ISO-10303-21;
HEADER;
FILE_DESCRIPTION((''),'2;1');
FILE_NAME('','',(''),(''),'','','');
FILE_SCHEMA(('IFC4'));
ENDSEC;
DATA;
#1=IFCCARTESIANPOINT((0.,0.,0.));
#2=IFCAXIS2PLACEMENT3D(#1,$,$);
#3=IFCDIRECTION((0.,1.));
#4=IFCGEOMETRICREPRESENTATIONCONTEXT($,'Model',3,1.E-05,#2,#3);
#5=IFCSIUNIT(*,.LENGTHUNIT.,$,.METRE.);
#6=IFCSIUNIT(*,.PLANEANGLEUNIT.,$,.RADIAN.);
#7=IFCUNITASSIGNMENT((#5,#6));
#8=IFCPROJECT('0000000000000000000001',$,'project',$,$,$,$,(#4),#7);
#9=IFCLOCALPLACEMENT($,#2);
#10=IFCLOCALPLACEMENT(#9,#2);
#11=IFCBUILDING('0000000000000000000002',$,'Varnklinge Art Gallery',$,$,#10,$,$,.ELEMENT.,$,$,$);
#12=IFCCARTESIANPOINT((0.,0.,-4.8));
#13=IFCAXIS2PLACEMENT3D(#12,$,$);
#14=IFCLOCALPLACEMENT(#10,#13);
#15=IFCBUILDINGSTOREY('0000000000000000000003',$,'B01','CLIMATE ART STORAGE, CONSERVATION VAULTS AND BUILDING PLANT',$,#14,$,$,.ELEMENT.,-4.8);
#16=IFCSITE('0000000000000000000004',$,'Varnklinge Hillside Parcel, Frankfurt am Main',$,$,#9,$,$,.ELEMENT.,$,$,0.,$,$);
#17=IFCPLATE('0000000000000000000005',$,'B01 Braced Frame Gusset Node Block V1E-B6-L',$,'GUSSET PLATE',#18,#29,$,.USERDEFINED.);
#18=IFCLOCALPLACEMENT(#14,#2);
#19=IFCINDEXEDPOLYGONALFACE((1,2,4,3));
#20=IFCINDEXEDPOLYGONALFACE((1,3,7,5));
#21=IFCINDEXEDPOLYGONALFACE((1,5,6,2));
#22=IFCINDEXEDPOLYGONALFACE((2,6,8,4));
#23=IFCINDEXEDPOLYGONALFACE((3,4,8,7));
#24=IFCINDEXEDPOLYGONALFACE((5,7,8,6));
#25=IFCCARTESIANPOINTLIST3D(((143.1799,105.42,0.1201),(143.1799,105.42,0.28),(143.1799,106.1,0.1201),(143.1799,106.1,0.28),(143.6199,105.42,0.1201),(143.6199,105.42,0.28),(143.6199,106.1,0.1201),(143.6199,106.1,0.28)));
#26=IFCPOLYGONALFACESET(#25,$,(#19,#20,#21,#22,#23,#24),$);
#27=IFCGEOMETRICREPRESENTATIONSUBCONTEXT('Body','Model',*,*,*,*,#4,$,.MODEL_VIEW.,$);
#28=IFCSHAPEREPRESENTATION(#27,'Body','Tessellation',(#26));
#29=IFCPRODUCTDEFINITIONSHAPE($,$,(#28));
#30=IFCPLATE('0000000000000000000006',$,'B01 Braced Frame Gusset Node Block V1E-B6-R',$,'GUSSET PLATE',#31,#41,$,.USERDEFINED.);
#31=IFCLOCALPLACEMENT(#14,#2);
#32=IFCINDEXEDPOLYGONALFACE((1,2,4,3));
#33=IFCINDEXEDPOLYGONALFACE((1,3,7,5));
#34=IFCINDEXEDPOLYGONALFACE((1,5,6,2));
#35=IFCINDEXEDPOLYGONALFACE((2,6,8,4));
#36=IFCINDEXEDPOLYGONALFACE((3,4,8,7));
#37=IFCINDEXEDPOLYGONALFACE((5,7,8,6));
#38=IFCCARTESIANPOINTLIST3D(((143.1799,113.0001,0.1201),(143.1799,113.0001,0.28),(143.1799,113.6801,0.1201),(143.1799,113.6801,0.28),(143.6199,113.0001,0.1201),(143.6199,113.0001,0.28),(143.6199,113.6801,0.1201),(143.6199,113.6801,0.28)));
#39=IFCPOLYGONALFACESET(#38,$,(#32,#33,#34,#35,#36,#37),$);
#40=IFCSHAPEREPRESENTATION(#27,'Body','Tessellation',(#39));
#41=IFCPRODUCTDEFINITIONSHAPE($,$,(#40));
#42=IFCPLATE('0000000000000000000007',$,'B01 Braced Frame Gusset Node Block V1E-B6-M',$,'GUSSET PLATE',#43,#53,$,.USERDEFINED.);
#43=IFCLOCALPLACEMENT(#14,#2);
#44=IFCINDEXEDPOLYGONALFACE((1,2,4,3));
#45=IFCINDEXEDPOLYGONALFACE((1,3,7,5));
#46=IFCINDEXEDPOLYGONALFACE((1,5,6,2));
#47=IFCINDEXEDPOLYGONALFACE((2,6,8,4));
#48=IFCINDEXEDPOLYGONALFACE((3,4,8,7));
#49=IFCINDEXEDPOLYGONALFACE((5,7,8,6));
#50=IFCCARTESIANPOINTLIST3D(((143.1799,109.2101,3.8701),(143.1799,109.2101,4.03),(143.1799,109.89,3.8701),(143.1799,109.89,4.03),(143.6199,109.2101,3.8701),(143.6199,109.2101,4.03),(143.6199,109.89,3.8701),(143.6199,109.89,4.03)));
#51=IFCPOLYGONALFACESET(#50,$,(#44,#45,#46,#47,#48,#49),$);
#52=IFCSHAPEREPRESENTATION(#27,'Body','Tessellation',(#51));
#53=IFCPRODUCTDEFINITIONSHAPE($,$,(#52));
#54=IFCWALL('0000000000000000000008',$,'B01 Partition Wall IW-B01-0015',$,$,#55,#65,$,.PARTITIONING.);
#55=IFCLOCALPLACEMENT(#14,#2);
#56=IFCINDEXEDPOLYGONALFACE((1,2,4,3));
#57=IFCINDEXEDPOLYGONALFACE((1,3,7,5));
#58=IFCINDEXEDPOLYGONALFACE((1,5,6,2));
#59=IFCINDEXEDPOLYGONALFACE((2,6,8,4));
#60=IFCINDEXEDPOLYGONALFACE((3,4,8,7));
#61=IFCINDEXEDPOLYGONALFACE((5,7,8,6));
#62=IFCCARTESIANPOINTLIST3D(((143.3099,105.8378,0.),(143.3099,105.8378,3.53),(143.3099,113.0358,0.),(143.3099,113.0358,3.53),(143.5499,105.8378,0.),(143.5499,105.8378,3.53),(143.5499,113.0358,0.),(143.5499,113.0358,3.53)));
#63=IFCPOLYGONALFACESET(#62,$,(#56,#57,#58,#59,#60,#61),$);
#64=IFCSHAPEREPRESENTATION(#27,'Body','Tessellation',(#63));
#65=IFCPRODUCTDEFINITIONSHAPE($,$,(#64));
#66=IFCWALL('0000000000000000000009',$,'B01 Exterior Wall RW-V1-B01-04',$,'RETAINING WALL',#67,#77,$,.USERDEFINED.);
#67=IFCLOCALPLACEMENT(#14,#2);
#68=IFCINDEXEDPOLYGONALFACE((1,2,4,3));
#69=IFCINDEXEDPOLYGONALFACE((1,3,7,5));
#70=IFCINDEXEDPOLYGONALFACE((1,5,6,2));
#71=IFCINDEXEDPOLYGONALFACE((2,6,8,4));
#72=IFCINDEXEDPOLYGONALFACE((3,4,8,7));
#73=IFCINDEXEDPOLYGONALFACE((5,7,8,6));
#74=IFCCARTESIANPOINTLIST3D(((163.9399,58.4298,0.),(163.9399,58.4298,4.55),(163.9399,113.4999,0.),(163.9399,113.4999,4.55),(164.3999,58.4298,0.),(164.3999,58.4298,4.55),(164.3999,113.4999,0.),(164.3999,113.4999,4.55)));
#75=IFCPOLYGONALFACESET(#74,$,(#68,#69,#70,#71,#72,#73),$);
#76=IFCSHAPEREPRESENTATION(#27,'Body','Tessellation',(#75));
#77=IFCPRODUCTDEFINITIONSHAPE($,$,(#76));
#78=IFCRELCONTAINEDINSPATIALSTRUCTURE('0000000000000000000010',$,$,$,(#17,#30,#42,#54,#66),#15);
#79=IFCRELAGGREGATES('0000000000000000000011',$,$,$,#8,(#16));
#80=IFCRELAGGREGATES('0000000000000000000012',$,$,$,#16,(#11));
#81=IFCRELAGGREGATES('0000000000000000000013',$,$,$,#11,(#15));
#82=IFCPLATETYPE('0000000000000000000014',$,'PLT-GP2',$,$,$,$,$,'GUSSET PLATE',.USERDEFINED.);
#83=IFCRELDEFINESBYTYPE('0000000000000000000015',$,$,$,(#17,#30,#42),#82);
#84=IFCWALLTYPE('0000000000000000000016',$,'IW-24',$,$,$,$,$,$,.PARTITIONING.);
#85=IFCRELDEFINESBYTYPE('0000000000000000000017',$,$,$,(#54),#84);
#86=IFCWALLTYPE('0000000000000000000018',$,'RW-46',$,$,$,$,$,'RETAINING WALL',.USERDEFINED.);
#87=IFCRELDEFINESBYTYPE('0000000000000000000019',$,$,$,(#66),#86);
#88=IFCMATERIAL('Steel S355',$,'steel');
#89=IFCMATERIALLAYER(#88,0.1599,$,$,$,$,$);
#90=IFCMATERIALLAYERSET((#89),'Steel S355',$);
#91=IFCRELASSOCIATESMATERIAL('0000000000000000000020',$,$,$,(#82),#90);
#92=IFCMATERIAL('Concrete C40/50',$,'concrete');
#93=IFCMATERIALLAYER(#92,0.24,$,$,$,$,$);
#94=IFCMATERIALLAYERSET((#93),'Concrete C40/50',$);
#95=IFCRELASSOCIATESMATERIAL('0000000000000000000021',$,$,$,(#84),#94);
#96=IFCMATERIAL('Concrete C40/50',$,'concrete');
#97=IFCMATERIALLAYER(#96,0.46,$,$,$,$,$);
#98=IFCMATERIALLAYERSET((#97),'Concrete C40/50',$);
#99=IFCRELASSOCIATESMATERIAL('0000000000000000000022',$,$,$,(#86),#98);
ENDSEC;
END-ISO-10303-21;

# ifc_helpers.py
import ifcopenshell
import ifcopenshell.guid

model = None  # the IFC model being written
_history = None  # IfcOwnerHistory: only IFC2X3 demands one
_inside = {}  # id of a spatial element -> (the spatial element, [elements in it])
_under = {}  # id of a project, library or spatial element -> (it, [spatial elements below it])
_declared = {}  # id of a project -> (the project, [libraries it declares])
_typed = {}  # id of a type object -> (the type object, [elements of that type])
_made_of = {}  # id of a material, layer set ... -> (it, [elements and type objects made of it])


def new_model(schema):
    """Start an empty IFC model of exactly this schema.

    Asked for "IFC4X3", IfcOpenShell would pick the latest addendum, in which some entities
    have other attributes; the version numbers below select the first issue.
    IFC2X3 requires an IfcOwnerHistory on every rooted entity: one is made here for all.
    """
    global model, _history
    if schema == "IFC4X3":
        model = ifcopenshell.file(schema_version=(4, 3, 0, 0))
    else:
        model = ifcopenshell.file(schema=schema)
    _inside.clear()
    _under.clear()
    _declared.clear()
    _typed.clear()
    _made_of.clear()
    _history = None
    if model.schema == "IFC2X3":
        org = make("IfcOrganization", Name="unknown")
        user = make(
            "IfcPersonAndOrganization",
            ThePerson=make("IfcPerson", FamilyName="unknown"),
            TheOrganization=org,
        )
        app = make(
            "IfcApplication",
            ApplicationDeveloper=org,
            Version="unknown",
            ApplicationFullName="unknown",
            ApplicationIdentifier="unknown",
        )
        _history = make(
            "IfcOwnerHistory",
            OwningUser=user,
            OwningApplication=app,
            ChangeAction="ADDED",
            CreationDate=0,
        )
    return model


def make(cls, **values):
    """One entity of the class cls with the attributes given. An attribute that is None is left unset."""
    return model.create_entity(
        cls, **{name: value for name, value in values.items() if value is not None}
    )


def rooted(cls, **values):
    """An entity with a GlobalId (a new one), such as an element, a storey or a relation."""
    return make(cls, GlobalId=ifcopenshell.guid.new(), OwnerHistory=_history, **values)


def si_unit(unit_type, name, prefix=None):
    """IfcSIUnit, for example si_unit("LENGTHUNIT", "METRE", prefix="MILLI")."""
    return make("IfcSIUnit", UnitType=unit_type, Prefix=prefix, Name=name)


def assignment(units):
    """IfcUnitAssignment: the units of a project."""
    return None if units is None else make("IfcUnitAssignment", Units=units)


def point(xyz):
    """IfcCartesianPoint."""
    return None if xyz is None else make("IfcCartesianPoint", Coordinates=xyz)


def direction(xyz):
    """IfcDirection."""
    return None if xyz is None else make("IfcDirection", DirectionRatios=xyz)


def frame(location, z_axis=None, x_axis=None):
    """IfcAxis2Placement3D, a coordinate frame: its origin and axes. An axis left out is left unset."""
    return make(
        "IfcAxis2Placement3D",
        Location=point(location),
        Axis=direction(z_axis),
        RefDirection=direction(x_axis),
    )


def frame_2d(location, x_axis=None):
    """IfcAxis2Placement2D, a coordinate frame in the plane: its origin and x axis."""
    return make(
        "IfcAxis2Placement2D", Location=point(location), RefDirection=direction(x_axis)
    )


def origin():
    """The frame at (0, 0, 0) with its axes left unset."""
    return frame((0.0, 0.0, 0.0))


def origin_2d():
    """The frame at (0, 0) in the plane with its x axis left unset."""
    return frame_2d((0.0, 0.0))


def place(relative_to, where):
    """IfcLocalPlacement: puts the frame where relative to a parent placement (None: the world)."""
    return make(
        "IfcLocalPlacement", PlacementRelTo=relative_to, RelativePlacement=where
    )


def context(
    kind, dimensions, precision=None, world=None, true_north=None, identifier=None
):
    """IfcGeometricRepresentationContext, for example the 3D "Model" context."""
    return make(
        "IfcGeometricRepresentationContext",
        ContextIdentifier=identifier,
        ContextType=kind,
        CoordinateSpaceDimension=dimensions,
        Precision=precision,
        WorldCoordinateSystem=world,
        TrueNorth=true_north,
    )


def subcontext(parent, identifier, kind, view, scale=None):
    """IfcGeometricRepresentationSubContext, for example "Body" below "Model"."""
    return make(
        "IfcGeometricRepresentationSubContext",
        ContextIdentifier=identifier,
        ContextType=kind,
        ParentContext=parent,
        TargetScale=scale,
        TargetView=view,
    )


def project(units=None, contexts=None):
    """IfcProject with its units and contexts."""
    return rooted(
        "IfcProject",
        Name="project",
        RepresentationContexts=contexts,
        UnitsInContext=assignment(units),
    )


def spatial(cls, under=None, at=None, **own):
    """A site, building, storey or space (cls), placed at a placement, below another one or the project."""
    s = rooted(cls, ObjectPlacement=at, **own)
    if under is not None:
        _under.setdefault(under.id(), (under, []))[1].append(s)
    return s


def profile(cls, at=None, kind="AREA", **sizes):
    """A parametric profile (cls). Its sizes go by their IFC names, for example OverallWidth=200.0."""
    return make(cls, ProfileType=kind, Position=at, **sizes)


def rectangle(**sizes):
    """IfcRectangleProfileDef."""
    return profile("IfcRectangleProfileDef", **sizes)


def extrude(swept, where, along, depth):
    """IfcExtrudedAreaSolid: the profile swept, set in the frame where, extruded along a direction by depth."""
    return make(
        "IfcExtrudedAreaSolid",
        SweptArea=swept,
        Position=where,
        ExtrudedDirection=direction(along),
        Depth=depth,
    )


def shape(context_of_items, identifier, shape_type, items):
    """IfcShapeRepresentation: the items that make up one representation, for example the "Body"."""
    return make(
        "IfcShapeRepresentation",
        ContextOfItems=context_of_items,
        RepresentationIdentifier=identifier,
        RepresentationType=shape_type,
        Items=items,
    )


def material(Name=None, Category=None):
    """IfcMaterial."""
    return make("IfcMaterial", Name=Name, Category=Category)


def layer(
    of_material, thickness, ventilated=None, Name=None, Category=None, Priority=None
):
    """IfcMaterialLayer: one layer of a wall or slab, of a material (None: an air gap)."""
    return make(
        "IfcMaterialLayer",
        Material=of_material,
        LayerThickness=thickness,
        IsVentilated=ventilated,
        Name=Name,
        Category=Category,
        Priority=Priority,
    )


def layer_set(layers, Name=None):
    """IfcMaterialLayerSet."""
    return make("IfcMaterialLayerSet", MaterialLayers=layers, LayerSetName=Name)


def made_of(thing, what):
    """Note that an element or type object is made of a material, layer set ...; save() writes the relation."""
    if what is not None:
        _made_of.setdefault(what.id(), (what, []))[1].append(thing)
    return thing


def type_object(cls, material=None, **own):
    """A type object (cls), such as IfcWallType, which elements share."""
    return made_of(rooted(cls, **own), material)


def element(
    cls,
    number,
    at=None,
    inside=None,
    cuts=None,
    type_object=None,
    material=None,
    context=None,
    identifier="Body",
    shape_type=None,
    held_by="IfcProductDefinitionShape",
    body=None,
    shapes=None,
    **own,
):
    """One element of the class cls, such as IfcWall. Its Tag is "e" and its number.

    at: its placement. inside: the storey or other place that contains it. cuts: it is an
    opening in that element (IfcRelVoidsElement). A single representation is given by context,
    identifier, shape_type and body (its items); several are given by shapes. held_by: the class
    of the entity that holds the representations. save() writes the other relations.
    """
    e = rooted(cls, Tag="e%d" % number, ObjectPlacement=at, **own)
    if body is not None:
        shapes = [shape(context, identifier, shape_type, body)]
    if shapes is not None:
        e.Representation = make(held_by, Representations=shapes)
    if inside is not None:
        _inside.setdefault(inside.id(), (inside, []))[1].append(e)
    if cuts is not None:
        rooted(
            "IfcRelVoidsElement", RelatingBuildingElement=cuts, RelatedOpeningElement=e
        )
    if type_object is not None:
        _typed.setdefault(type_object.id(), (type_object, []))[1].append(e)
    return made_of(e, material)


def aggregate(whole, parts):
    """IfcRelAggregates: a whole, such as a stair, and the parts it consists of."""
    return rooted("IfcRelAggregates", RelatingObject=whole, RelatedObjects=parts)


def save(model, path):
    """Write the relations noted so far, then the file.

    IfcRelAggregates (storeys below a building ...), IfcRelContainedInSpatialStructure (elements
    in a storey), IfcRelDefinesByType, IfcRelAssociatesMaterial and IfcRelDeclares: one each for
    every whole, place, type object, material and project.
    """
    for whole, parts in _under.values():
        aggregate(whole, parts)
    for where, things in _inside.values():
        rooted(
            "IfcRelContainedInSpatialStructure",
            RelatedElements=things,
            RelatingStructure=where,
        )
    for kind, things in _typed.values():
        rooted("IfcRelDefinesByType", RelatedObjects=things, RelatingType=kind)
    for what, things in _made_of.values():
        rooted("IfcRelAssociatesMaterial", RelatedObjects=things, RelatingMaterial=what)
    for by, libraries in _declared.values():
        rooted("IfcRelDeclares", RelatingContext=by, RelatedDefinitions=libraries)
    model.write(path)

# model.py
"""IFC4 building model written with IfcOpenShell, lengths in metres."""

from ifc_helpers import new_model, si_unit, direction, frame, frame_2d, origin, origin_2d, place, context, subcontext, project, spatial, rectangle, extrude, material, layer, layer_set, type_object, element, save


model = new_model("IFC4")

# Units and contexts
model_context = context("Model", 3, precision=1e-05, world=origin(), true_north=direction((0.0, 1.0)))
body_context = subcontext(model_context, "Body", "Model", "MODEL_VIEW")
ifc_project = project(units=[si_unit("LENGTHUNIT", "METRE"), si_unit("PLANEANGLEUNIT", "RADIAN")], contexts=[model_context])

# Site, building, storey
site_placement = place(None, origin())
site = spatial("IfcSite", under=ifc_project, at=site_placement, Name="Varnklinge Hillside Parcel, Frankfurt am Main", CompositionType="ELEMENT", RefElevation=0.0)
building_placement = place(site_placement, origin())
building = spatial("IfcBuilding", under=site, at=building_placement, Name="Varnklinge Art Gallery", CompositionType="ELEMENT")
storey_placement = place(building_placement, frame((0.0, 0.0, -4.8)))
storey = spatial("IfcBuildingStorey", under=building, at=storey_placement, Name="B01", Description="CLIMATE ART STORAGE, CONSERVATION VAULTS AND BUILDING PLANT", CompositionType="ELEMENT", Elevation=-4.8)

# Plates
ifc_material_1 = material(Name="Steel S355", Category="steel")
ifc_layer_1 = layer(ifc_material_1, 0.1599)
ifc_layer_set_1 = layer_set([ifc_layer_1], Name="Steel S355")
plate_type_1 = type_object("IfcPlateType", Name="PLT-GP2", ElementType="GUSSET PLATE", PredefinedType="USERDEFINED", material=ifc_layer_set_1)
for number, where, z_axis, x_axis, name in (
    (1, (143.3999, 105.76, 0.1201), (0.0, 0.0, 1.0), (0.0, 1.0, 0.0), "B01 Braced Frame Gusset Node Block V1E-B6-L"),
    (2, (143.3999, 113.3401, 0.1201), (0.0, 0.0, 1.0), (0.0, 1.0, 0.0), "B01 Braced Frame Gusset Node Block V1E-B6-R"),
    (3, (143.3999, 109.55, 3.8701), (0.0, 0.0, 1.0), (0.0, 1.0, 0.0), "B01 Braced Frame Gusset Node Block V1E-B6-M"),
):
    element("IfcPlate", number, at=place(storey_placement, frame(where, z_axis=z_axis, x_axis=x_axis)), inside=storey, type_object=plate_type_1, Name=name, ObjectType="GUSSET PLATE", PredefinedType="USERDEFINED", context=body_context, shape_type="SweptSolid", body=[
        extrude(rectangle(XDim=0.6799, YDim=0.4399, at=origin_2d()), origin(), (0.0, 0.0, 1.0), 0.1599),
    ])

# Walls
ifc_material_2 = material(Name="Concrete C40/50", Category="concrete")
ifc_layer_2 = layer(ifc_material_2, 0.24)
ifc_layer_set_2 = layer_set([ifc_layer_2], Name="Concrete C40/50")
wall_type_1 = type_object("IfcWallType", Name="IW-24", PredefinedType="PARTITIONING", material=ifc_layer_set_2)
wall_1_placement = place(storey_placement, frame((143.4299, 113.0359, 0.0), z_axis=(0.0, 0.0, 1.0), x_axis=(0.0, -1.0, 0.0)))
element("IfcWall", 4, at=wall_1_placement, inside=storey, type_object=wall_type_1, Name="B01 Partition Wall IW-B01-0015", PredefinedType="PARTITIONING", context=body_context, shape_type="SweptSolid", body=[
    extrude(rectangle(XDim=7.198, YDim=0.24, at=frame_2d((3.5991, 0.0))), origin(), (0.0, 0.0, 1.0), 3.53),
])
ifc_material_3 = material(Name="Concrete C40/50", Category="concrete")
ifc_layer_3 = layer(ifc_material_3, 0.46)
ifc_layer_set_3 = layer_set([ifc_layer_3], Name="Concrete C40/50")
wall_type_2 = type_object("IfcWallType", Name="RW-46", ElementType="RETAINING WALL", PredefinedType="USERDEFINED", material=ifc_layer_set_3)
wall_2_placement = place(storey_placement, frame((164.1699, 113.5, 0.0), z_axis=(0.0, 0.0, 1.0), x_axis=(0.0, -1.0, 0.0)))
element("IfcWall", 5, at=wall_2_placement, inside=storey, type_object=wall_type_2, Name="B01 Exterior Wall RW-V1-B01-04", ObjectType="RETAINING WALL", PredefinedType="USERDEFINED", context=body_context, shape_type="SweptSolid", body=[
    extrude(rectangle(XDim=55.0701, YDim=0.46, at=frame_2d((27.5352, 0.0))), origin(), (0.0, 0.0, 1.0), 4.55),
])

save(model, "model.ifc")
